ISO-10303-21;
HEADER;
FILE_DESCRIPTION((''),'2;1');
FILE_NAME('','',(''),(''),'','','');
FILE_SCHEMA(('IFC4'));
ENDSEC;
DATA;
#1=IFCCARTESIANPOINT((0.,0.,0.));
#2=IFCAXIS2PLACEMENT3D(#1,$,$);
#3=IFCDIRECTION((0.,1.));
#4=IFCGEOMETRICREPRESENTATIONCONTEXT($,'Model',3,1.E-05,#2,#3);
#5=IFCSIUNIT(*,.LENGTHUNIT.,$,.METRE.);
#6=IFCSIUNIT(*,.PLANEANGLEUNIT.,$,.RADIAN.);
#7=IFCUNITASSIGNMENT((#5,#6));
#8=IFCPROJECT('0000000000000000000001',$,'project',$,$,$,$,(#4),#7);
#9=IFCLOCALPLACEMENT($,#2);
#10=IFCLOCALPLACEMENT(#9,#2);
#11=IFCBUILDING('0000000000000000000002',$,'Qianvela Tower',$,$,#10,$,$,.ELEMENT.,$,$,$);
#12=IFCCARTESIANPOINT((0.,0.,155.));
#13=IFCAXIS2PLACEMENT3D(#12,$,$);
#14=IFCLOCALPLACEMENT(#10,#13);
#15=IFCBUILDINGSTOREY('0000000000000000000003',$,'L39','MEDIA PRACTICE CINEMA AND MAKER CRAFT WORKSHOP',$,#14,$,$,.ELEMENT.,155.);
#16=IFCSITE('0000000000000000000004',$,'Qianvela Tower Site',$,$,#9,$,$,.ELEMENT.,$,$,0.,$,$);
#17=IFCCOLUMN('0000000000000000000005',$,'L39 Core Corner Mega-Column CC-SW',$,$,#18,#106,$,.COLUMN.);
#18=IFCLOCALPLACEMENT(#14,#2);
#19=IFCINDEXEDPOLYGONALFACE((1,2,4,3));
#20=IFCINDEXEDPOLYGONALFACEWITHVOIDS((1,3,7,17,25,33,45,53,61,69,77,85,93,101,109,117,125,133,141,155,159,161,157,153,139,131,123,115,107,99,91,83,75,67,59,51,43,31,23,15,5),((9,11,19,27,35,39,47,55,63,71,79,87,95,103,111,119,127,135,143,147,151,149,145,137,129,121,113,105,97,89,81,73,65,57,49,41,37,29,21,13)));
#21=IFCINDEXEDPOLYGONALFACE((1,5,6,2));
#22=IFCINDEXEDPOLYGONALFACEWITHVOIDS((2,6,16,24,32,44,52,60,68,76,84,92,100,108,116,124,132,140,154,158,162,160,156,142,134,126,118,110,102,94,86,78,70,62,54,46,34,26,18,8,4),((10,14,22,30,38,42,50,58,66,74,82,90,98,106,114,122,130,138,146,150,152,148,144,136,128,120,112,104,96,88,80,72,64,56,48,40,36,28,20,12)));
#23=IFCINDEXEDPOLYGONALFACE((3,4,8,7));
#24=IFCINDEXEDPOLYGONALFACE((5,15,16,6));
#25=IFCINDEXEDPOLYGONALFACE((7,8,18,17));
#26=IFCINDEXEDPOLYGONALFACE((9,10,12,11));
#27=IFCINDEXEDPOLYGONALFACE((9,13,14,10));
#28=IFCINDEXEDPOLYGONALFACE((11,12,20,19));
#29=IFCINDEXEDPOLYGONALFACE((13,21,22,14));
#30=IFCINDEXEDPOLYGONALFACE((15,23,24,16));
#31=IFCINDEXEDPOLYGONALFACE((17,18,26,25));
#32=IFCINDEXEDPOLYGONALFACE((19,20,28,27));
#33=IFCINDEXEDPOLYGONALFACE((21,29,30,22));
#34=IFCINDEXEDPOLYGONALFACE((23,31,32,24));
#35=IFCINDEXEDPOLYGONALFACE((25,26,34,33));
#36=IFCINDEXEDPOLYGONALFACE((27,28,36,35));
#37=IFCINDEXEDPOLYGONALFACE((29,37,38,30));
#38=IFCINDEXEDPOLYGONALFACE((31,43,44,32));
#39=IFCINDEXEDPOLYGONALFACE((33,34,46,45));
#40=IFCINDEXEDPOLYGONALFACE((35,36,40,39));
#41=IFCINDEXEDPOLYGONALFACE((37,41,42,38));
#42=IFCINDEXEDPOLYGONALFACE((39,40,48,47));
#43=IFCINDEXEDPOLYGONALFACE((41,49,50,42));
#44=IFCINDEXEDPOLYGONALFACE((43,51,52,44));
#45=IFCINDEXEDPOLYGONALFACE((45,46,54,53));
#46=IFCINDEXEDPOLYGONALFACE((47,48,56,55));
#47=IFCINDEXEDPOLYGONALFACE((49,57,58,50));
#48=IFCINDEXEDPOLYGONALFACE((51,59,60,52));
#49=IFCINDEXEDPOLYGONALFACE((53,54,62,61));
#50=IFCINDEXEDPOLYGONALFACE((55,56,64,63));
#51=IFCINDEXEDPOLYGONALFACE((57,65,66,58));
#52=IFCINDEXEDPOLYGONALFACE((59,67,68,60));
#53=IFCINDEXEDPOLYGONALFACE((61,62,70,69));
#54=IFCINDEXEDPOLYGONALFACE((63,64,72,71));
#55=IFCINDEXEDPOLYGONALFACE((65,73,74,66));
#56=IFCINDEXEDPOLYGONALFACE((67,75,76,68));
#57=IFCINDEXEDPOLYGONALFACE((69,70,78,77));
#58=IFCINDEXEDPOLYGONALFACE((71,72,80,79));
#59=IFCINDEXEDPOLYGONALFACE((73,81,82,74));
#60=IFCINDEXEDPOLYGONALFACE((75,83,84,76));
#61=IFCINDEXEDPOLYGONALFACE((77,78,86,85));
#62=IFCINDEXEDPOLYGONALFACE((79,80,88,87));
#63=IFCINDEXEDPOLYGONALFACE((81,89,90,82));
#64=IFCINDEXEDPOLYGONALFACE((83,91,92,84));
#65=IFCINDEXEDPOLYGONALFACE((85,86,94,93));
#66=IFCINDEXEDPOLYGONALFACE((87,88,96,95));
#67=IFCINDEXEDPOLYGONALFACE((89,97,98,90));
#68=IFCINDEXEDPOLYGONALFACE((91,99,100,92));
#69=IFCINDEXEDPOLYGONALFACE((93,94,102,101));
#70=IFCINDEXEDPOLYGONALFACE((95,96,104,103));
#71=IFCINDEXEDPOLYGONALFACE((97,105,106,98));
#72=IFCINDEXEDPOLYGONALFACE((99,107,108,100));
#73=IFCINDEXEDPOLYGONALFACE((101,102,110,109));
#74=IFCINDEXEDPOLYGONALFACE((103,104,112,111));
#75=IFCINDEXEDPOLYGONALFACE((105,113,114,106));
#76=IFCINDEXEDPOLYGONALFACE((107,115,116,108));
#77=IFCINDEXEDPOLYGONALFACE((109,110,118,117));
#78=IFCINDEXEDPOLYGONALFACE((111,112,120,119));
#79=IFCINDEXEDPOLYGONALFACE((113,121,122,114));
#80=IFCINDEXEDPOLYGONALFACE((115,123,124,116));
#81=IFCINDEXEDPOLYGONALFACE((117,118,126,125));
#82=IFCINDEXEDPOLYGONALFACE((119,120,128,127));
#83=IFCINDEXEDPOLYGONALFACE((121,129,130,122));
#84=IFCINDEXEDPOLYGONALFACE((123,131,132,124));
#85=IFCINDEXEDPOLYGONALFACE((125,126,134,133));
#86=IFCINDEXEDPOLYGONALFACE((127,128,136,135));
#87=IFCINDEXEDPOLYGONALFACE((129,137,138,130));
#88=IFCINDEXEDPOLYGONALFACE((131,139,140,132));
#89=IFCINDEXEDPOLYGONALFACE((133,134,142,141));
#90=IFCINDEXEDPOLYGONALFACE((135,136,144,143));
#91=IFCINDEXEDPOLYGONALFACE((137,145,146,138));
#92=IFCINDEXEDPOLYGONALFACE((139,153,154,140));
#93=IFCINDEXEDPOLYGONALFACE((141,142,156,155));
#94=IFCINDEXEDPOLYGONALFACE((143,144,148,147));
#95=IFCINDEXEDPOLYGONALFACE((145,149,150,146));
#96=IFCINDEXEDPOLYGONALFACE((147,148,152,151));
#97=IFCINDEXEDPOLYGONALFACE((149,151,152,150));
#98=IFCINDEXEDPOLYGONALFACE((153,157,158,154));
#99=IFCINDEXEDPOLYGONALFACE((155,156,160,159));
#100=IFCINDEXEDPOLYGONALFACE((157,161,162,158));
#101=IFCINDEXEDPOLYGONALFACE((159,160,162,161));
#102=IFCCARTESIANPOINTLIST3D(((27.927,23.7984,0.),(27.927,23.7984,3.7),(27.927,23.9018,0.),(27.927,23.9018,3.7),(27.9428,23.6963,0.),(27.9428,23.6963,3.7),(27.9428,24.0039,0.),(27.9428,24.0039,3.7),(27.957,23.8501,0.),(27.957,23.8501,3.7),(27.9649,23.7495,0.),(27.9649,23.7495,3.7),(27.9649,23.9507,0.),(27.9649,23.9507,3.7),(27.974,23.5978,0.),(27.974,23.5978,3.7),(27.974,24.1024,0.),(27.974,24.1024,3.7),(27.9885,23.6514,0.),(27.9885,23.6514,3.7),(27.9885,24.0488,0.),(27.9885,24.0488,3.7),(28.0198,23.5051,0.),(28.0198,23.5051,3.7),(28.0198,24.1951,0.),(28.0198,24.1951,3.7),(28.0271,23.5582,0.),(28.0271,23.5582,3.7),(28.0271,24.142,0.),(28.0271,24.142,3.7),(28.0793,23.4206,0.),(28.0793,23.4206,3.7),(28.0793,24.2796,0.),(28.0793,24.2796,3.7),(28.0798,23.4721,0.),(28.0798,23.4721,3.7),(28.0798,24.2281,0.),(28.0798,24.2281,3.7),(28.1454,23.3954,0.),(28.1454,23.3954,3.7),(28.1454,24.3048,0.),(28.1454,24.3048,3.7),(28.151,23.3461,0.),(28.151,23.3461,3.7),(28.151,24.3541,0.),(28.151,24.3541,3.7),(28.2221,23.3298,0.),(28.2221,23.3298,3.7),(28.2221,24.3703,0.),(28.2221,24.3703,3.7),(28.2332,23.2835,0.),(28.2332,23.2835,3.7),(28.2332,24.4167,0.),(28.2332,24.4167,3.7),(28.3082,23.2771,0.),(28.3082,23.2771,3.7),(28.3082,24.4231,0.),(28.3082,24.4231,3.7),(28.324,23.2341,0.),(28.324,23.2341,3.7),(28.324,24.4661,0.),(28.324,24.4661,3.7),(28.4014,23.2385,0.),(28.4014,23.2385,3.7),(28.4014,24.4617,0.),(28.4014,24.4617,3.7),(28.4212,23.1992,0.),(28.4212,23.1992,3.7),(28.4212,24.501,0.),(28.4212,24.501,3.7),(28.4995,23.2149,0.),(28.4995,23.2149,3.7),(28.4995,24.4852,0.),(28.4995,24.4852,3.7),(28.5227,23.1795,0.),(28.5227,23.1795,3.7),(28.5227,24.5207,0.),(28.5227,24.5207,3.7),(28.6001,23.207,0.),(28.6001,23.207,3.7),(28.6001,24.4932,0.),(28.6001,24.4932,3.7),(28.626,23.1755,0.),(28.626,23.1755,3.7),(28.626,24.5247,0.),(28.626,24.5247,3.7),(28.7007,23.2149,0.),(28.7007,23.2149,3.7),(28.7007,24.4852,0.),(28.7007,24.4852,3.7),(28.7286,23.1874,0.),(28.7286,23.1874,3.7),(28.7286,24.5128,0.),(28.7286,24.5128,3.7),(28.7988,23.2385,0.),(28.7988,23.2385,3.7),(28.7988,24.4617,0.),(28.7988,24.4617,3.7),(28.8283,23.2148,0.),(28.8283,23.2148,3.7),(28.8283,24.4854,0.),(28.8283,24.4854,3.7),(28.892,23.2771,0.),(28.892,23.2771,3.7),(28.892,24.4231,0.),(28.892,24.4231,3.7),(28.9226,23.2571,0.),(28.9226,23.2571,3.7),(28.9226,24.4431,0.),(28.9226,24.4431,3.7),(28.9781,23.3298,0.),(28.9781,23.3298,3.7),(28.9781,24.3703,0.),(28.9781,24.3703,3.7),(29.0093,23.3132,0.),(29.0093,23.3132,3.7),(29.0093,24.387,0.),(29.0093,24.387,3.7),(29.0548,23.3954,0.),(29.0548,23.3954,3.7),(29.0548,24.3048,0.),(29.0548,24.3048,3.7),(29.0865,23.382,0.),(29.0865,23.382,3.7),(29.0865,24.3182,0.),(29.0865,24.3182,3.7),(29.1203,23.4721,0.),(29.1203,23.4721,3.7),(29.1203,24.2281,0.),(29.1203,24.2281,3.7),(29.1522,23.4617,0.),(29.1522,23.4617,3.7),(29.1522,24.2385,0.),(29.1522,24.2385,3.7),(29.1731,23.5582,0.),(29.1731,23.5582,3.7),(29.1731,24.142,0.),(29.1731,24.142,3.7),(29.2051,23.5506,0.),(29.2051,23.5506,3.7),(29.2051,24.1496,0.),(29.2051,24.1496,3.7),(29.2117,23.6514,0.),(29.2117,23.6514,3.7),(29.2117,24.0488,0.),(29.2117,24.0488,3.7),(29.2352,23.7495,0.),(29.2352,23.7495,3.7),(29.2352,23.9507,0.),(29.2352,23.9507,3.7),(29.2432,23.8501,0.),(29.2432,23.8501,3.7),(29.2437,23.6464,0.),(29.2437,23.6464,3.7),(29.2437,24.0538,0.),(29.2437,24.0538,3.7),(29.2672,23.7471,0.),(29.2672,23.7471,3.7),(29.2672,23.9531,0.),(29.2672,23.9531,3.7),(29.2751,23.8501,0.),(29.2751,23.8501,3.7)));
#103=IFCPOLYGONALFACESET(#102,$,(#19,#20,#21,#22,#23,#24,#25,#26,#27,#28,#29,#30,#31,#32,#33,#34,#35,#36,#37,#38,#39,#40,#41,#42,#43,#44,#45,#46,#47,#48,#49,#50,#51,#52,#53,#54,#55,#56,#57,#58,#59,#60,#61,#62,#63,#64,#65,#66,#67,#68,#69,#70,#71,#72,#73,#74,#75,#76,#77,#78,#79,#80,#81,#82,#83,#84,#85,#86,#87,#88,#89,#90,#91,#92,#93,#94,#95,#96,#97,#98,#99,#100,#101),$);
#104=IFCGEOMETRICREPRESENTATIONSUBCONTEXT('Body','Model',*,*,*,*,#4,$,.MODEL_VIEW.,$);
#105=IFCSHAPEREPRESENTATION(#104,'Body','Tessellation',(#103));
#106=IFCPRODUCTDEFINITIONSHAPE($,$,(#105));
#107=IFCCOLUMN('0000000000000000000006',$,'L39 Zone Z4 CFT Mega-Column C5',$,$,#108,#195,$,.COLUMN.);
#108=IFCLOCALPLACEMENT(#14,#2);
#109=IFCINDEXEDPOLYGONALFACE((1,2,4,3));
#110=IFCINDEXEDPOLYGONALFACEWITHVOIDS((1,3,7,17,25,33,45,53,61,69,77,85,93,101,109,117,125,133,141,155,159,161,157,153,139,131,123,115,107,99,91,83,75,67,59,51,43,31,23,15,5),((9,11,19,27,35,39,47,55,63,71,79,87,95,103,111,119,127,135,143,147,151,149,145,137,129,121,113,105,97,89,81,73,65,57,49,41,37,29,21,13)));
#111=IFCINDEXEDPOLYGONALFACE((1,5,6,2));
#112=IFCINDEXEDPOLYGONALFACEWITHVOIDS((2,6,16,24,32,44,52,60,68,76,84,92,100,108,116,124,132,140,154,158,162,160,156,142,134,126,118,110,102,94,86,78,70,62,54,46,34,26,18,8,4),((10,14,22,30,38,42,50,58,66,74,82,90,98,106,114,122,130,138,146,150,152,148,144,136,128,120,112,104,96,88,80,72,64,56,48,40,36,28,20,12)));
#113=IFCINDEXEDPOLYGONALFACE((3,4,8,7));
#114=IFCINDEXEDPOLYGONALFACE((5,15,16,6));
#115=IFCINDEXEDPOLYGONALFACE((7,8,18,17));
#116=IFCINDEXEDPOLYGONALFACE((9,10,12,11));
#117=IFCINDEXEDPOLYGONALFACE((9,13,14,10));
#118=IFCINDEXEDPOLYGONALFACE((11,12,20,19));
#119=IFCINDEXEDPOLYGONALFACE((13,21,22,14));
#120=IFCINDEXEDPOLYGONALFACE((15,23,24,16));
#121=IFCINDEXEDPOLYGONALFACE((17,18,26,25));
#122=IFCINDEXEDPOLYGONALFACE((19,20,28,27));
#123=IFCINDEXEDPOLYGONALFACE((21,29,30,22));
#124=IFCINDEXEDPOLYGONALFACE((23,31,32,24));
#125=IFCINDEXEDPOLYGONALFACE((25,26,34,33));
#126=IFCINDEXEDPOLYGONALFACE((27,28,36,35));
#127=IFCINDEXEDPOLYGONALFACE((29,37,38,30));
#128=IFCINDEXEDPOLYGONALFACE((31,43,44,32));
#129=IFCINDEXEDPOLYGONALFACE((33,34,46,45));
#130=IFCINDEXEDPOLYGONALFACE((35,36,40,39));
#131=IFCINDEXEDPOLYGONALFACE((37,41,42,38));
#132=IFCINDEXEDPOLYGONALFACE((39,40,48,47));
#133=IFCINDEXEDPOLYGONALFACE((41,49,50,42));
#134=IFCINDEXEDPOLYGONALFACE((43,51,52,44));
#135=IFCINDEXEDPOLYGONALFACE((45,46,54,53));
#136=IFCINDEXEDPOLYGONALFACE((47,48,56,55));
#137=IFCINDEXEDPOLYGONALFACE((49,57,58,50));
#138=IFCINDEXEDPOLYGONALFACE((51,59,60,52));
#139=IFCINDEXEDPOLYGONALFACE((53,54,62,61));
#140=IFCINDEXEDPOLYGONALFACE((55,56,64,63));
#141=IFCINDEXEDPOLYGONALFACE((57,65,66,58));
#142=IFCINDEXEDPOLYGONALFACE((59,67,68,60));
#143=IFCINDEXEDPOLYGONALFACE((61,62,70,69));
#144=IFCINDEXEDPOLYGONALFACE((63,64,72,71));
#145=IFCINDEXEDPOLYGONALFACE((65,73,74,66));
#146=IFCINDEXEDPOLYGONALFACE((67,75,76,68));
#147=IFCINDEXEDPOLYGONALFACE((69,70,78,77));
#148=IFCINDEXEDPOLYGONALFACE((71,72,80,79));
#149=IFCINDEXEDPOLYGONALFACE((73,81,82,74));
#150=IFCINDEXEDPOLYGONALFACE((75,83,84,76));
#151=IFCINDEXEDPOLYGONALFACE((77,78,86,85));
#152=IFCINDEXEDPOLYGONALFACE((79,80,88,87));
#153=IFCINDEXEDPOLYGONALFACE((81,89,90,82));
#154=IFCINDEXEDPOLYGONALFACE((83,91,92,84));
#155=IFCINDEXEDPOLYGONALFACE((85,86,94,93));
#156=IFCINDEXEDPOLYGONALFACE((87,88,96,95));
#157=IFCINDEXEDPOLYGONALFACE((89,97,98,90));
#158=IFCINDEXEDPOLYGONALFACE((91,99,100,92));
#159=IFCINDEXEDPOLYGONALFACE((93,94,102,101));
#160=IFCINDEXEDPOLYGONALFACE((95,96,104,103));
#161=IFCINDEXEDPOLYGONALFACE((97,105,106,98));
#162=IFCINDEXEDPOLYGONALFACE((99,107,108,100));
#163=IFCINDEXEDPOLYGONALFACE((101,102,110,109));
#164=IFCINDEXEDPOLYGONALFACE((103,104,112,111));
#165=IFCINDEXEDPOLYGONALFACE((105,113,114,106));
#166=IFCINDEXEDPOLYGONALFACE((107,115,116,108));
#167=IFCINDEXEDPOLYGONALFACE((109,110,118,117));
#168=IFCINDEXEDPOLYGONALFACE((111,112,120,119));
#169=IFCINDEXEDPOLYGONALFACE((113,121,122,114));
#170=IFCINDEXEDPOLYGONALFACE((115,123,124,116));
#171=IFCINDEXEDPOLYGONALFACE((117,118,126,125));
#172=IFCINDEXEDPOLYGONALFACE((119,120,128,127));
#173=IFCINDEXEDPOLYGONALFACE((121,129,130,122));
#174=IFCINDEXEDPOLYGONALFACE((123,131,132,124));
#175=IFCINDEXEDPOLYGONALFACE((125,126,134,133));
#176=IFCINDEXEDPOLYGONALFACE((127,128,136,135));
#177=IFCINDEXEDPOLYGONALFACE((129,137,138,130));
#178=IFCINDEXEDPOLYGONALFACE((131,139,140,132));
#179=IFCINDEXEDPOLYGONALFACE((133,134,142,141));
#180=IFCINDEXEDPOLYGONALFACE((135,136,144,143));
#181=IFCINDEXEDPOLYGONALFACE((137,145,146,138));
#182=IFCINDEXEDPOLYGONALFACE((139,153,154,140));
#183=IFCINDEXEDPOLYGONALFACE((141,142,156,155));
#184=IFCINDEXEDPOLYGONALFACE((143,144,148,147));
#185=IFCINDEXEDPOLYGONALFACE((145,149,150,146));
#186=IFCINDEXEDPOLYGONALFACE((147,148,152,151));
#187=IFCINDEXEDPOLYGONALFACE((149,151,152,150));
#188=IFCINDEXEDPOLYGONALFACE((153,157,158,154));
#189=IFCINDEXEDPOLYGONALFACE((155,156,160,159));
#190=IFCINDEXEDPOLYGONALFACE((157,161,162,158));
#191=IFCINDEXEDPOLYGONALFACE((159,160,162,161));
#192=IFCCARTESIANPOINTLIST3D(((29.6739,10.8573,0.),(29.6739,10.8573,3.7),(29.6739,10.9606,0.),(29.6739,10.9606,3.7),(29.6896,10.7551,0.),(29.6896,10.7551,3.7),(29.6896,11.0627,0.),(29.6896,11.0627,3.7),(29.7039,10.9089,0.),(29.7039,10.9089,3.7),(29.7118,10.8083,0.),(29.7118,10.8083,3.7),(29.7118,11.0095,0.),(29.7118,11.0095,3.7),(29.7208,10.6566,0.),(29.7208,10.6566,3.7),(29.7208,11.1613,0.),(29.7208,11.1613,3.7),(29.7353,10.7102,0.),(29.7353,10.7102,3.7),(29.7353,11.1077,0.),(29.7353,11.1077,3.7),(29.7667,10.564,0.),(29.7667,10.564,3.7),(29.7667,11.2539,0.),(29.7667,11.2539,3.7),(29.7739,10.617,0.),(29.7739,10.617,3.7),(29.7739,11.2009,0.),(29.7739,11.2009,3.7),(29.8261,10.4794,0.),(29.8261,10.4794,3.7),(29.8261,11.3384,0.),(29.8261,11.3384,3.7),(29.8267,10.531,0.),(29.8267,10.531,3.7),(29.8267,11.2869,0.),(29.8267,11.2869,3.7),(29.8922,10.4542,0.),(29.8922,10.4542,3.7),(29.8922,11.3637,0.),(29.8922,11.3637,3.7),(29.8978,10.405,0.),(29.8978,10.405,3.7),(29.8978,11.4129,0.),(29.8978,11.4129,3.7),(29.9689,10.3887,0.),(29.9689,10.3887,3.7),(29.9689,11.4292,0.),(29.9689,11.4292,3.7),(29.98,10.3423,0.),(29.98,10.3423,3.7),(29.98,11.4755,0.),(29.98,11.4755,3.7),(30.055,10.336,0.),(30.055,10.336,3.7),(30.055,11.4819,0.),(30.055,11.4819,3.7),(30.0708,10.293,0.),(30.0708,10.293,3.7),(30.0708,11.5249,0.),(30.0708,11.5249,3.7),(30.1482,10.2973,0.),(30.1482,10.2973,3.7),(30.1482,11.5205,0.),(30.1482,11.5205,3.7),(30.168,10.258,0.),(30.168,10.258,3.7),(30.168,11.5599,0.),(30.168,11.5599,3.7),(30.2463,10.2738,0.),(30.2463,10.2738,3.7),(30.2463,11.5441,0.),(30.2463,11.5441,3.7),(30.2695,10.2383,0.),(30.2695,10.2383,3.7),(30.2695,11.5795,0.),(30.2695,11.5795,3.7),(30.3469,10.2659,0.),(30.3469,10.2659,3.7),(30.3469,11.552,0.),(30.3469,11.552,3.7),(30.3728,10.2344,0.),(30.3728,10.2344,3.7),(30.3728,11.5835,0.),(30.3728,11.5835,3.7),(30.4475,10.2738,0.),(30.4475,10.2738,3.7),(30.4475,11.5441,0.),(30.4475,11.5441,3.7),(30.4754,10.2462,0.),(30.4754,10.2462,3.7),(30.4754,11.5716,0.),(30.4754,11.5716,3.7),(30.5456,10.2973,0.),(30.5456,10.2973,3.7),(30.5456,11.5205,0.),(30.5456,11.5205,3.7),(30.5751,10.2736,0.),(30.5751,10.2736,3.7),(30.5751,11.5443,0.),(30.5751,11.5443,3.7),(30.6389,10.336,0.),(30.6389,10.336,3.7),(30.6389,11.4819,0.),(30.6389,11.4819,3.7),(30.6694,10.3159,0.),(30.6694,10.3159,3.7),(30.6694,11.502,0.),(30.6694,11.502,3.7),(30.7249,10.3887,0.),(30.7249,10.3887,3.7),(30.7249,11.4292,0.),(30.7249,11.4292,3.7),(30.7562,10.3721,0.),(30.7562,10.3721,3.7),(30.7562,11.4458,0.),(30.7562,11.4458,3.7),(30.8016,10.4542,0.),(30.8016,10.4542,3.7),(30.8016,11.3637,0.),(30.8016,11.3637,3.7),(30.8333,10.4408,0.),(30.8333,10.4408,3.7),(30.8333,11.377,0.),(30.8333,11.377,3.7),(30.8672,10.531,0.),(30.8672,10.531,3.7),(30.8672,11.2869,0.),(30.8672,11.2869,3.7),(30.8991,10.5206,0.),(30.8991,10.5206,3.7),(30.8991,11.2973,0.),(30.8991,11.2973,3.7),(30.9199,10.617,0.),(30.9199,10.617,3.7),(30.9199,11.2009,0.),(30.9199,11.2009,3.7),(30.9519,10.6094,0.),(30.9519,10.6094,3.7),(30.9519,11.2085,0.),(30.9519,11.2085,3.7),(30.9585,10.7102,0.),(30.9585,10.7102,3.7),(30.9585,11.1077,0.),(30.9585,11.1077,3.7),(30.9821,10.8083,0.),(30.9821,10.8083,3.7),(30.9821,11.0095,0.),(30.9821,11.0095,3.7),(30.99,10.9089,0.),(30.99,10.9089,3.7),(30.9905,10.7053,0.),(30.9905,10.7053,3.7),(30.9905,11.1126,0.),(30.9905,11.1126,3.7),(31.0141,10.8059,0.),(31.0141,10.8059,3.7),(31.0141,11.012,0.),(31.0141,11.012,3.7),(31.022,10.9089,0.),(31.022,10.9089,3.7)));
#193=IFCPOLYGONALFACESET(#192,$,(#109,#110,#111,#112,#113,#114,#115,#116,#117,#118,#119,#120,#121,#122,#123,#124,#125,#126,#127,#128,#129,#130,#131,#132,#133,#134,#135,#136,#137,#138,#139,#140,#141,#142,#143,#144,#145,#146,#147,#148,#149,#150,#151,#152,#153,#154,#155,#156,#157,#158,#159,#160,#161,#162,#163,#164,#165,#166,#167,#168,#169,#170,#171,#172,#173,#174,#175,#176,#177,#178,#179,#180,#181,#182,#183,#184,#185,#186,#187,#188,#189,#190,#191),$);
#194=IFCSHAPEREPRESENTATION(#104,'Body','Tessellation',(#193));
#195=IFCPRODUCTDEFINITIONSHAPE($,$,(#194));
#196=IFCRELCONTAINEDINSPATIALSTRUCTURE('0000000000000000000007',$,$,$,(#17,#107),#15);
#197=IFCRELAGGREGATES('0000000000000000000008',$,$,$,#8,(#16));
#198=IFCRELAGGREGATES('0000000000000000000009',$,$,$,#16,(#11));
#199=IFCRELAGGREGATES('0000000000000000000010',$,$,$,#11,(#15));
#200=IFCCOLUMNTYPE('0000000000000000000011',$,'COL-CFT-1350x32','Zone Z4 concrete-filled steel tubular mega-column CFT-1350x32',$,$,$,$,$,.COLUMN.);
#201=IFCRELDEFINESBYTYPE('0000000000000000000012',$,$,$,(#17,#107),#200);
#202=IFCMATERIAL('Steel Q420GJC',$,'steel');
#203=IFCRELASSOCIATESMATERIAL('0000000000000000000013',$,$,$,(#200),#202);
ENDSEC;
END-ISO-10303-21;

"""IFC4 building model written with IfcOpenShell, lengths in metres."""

from ifc_helpers import new_model, si_unit, direction, frame, origin, origin_2d, place, context, subcontext, project, spatial, hollow_circle, extrude, material, material_profile, profile_set, type_object, element, save


model = new_model("IFC4")

# Units and contexts
model_context = context("Model", 3, precision=1e-05, world=origin(), true_north=direction((0.0, 1.0)))
body_context = subcontext(model_context, "Body", "Model", "MODEL_VIEW")
ifc_project = project(units=[si_unit("LENGTHUNIT", "METRE"), si_unit("PLANEANGLEUNIT", "RADIAN")], contexts=[model_context])

# Site, building, storey
site_placement = place(None, origin())
site = spatial("IfcSite", under=ifc_project, at=site_placement, Name="Qianvela Tower Site", CompositionType="ELEMENT", RefElevation=0.0)
building_placement = place(site_placement, origin())
building = spatial("IfcBuilding", under=site, at=building_placement, Name="Qianvela Tower", CompositionType="ELEMENT")
storey_placement = place(building_placement, frame((0.0, 0.0, 155.0)))
storey = spatial("IfcBuildingStorey", under=building, at=storey_placement, Name="L39", Description="MEDIA PRACTICE CINEMA AND MAKER CRAFT WORKSHOP", CompositionType="ELEMENT", Elevation=155.0)

# Columns
ifc_material_1 = material(Name="Steel Q420GJC", Category="steel")
ifc_material_profile_1 = material_profile(ifc_material_1, hollow_circle(Radius=0.675, WallThickness=0.032, at=origin_2d()), Name="CFT-1350x32")
ifc_profile_set_1 = profile_set([ifc_material_profile_1], Name="Steel Q420GJC")
column_type = type_object("IfcColumnType", Name="COL-CFT-1350x32", Description="Zone Z4 concrete-filled steel tubular mega-column CFT-1350x32", PredefinedType="COLUMN", material=ifc_profile_set_1)
for number, where, z_axis, x_axis, name in (
    (1, (28.6001, 23.8501, 0.0), (0.0, 0.0, 1.0), (1.0, 0.0, 0.0), "L39 Core Corner Mega-Column CC-SW"),
    (2, (30.3469, 10.9089, 0.0), (0.0, 0.0, 1.0), (1.0, 0.0, 0.0), "L39 Zone Z4 CFT Mega-Column C5"),
):
    element("IfcColumn", number, at=place(storey_placement, frame(where, z_axis=z_axis, x_axis=x_axis)), inside=storey, type_object=column_type, Name=name, PredefinedType="COLUMN", context=body_context, shape_type="SweptSolid", body=[
        extrude(hollow_circle(Radius=0.675, WallThickness=0.032, at=origin_2d()), origin(), (0.0, 0.0, 1.0), 3.7),
    ])

save(model, "model.ifc")
